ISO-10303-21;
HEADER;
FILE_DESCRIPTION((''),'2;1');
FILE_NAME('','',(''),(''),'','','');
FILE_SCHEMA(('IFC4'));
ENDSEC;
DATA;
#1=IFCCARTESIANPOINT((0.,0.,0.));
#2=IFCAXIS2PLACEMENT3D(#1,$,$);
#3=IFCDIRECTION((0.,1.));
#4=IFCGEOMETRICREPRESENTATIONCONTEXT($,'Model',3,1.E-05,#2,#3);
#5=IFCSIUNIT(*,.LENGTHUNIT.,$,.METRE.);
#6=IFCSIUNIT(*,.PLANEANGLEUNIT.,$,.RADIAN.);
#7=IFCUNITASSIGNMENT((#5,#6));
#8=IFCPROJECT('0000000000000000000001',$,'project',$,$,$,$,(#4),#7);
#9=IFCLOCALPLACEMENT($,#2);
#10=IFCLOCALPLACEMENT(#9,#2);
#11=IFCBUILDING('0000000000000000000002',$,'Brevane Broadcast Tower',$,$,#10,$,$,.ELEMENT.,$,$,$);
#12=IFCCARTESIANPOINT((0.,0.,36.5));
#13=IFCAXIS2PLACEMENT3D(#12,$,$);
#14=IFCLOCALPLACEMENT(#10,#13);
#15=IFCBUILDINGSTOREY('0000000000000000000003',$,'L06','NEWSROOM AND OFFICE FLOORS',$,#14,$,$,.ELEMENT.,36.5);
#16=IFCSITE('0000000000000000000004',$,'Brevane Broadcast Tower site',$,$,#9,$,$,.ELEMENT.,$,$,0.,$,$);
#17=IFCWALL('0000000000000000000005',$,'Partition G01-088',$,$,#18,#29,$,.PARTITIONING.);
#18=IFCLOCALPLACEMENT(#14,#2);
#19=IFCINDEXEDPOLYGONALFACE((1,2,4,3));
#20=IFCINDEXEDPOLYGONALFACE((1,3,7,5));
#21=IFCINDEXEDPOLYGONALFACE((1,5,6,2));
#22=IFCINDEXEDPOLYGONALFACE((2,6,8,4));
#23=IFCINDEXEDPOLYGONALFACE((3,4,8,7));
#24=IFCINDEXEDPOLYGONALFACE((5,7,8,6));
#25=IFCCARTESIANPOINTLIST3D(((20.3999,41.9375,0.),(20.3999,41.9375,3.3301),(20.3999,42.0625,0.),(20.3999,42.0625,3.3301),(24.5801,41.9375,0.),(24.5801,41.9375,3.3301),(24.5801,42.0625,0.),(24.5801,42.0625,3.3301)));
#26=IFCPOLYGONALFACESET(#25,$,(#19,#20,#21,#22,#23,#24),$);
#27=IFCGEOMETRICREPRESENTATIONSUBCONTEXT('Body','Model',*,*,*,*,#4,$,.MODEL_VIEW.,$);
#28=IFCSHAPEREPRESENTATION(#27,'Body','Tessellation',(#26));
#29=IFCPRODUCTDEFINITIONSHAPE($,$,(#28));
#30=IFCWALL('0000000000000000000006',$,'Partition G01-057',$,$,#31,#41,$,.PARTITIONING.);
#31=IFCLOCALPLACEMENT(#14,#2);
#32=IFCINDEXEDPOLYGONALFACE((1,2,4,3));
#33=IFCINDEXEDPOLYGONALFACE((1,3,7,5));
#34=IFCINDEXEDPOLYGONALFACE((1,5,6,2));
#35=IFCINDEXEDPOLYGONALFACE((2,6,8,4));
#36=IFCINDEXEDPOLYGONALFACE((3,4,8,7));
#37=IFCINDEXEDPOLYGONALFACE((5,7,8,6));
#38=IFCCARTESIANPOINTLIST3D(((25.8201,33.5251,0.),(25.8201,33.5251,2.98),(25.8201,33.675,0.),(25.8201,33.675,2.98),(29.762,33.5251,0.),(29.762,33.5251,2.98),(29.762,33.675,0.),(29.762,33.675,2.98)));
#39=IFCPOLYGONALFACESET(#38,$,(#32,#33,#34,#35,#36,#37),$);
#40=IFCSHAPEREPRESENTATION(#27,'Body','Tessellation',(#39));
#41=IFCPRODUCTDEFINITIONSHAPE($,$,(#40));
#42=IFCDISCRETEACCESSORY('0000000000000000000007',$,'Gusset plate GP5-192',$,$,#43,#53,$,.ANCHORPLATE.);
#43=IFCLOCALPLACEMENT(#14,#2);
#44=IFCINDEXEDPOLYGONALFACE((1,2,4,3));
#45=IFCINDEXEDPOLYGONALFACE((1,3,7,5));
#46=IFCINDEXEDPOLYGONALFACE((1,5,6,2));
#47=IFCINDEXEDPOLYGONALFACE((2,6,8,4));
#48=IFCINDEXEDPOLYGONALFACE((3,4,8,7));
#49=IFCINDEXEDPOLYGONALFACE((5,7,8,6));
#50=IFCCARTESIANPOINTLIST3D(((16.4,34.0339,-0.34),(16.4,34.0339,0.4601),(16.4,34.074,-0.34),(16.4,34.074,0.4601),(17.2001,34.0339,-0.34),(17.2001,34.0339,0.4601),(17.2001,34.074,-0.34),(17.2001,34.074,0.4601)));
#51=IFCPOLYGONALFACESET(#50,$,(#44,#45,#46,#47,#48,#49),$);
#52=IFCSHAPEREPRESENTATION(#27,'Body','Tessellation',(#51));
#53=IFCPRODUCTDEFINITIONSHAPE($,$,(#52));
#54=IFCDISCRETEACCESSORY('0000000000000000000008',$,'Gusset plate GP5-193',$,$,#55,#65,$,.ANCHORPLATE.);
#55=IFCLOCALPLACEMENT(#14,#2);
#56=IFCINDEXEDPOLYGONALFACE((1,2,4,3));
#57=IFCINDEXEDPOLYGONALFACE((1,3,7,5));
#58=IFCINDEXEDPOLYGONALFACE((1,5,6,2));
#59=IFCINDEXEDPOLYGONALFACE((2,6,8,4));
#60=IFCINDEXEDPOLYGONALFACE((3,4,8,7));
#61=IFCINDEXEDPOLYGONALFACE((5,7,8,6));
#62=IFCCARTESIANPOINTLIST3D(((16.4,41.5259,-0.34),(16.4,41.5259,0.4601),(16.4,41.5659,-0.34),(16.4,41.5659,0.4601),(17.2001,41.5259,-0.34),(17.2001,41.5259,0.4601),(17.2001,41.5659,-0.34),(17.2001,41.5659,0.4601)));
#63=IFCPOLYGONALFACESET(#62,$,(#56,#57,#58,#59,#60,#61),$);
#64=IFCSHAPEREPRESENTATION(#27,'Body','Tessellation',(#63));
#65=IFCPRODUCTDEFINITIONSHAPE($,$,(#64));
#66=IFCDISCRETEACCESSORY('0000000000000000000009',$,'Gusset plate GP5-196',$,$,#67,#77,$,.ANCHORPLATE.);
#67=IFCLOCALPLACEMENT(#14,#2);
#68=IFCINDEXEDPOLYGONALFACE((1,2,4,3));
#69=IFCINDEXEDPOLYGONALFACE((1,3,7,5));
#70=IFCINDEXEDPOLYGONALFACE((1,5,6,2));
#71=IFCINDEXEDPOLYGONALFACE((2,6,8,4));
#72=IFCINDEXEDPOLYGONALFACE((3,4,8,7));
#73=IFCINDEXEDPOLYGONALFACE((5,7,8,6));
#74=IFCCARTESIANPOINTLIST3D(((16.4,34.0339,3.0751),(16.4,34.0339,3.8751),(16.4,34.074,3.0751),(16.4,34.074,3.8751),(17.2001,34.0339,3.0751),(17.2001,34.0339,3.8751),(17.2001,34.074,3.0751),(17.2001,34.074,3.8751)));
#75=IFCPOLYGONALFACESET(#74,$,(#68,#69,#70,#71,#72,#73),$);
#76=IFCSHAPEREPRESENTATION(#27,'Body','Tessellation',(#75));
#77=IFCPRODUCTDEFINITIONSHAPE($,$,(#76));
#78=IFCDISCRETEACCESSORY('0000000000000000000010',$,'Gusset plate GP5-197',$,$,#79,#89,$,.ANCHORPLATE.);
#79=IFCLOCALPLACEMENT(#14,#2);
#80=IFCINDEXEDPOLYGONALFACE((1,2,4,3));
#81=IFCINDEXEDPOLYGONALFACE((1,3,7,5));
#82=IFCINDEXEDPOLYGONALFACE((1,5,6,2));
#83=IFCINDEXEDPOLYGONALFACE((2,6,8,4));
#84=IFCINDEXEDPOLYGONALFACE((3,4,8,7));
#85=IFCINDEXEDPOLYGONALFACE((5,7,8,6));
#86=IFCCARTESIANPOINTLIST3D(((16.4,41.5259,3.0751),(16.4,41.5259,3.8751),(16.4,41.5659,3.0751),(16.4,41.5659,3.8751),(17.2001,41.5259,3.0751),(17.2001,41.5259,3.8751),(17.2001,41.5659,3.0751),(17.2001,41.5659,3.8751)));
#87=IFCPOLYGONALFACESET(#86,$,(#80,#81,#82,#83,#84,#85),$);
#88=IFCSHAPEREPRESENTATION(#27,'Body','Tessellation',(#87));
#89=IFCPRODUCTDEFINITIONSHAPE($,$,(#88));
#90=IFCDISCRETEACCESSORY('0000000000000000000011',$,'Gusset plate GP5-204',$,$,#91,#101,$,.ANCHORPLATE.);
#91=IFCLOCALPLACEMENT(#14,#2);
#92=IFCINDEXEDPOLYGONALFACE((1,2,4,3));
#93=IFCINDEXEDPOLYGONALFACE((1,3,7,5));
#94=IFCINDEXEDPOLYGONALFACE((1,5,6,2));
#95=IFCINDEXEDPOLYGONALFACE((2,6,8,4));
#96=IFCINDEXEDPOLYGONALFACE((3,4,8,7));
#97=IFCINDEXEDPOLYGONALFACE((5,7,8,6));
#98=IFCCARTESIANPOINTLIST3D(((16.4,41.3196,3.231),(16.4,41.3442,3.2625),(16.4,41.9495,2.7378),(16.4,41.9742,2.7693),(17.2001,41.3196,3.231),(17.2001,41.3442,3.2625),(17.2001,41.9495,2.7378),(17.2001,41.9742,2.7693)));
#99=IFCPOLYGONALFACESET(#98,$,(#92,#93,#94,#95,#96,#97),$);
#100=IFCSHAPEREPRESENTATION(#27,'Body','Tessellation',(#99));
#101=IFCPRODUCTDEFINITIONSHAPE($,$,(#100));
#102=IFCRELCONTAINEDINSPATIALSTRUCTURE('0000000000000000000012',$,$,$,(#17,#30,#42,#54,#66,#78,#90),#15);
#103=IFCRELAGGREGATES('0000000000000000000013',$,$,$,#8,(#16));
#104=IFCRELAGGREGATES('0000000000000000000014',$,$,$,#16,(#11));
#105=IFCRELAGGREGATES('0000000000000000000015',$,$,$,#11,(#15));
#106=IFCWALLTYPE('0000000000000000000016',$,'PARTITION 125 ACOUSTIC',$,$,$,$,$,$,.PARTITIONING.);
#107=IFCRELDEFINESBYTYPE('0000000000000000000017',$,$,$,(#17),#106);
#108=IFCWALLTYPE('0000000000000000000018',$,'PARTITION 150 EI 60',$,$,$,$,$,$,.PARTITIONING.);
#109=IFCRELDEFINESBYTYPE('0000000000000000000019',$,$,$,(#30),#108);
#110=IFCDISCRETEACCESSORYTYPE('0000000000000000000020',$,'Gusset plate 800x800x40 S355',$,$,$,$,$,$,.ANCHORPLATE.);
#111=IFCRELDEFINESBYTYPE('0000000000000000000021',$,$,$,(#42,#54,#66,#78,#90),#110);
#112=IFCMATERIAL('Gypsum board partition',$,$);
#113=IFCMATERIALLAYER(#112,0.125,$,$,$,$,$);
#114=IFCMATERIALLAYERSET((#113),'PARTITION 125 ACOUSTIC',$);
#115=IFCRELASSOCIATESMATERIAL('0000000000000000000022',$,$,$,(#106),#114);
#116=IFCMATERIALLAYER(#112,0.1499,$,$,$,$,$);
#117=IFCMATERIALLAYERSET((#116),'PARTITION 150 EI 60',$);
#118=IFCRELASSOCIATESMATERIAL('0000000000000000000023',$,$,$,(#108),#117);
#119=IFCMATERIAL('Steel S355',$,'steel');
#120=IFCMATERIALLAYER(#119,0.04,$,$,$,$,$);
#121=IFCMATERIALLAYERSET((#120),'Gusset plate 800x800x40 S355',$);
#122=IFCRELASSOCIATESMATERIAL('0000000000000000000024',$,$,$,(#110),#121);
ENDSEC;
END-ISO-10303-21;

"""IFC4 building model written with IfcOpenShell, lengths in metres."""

from ifc_helpers import new_model, si_unit, direction, frame, frame_2d, origin, origin_2d, place, context, subcontext, project, spatial, rectangle, extrude, material, layer, layer_set, type_object, element, save


model = new_model("IFC4")

# Units and contexts
model_context = context("Model", 3, precision=1e-05, world=origin(), true_north=direction((0.0, 1.0)))
body_context = subcontext(model_context, "Body", "Model", "MODEL_VIEW")
ifc_project = project(units=[si_unit("LENGTHUNIT", "METRE"), si_unit("PLANEANGLEUNIT", "RADIAN")], contexts=[model_context])

# Site, building, storey
site_placement = place(None, origin())
site = spatial("IfcSite", under=ifc_project, at=site_placement, Name="Brevane Broadcast Tower site", CompositionType="ELEMENT", RefElevation=0.0)
building_placement = place(site_placement, origin())
building = spatial("IfcBuilding", under=site, at=building_placement, Name="Brevane Broadcast Tower", CompositionType="ELEMENT")
storey_placement = place(building_placement, frame((0.0, 0.0, 36.5)))
storey = spatial("IfcBuildingStorey", under=building, at=storey_placement, Name="L06", Description="NEWSROOM AND OFFICE FLOORS", CompositionType="ELEMENT", Elevation=36.5)

# Shared definitions
ifc_material_1 = material(Name="Steel S355", Category="steel")

# Walls
ifc_material_2 = material(Name="Gypsum board partition")
ifc_layer_1 = layer(ifc_material_2, 0.125)
ifc_layer_set_1 = layer_set([ifc_layer_1], Name="PARTITION 125 ACOUSTIC")
wall_type_1 = type_object("IfcWallType", Name="PARTITION 125 ACOUSTIC", PredefinedType="PARTITIONING", material=ifc_layer_set_1)
wall_1_placement = place(storey_placement, frame((20.3999, 42.0, 0.0), z_axis=(0.0, 0.0, 1.0), x_axis=(1.0, 0.0, 0.0)))
element("IfcWall", 1, at=wall_1_placement, inside=storey, type_object=wall_type_1, Name="Partition G01-088", PredefinedType="PARTITIONING", context=body_context, shape_type="SweptSolid", body=[
    extrude(rectangle(XDim=4.1802, YDim=0.125, at=frame_2d((2.0901, 0.0))), origin(), (0.0, 0.0, 1.0), 3.3301),
])
ifc_layer_2 = layer(ifc_material_2, 0.1499)
ifc_layer_set_2 = layer_set([ifc_layer_2], Name="PARTITION 150 EI 60")
wall_type_2 = type_object("IfcWallType", Name="PARTITION 150 EI 60", PredefinedType="PARTITIONING", material=ifc_layer_set_2)
wall_2_placement = place(storey_placement, frame((25.8201, 33.6001, 0.0), z_axis=(0.0, 0.0, 1.0), x_axis=(1.0, 0.0, 0.0)))
element("IfcWall", 2, at=wall_2_placement, inside=storey, type_object=wall_type_2, Name="Partition G01-057", PredefinedType="PARTITIONING", context=body_context, shape_type="SweptSolid", body=[
    extrude(rectangle(XDim=3.9419, YDim=0.1499, at=frame_2d((1.9709, 0.0))), origin(), (0.0, 0.0, 1.0), 2.98),
])

# Discrete accessories
ifc_layer_3 = layer(ifc_material_1, 0.04)
ifc_layer_set_3 = layer_set([ifc_layer_3], Name="Gusset plate 800x800x40 S355")
discrete_accessory_type = type_object("IfcDiscreteAccessoryType", Name="Gusset plate 800x800x40 S355", PredefinedType="ANCHORPLATE", material=ifc_layer_set_3)
for number, where, z_axis, x_axis, name in (
    (3, (16.8, 34.0339, 0.0601), (0.0, 1.0, 0.0), (-1.0, 0.0, 0.0), "Gusset plate GP5-192"),
    (4, (16.8, 41.5259, 0.0601), (0.0, 1.0, 0.0), (-1.0, 0.0, 0.0), "Gusset plate GP5-193"),
    (5, (16.8, 34.0339, 3.4751), (0.0, 1.0, 0.0), (-1.0, 0.0, 0.0), "Gusset plate GP5-196"),
    (6, (16.8, 41.5259, 3.4751), (0.0, 1.0, 0.0), (-1.0, 0.0, 0.0), "Gusset plate GP5-197"),
    (7, (16.8, 41.6345, 2.9844), (0.0, 0.616473, 0.787376), (-1.0, 0.0, 0.0), "Gusset plate GP5-204"),
):
    element("IfcDiscreteAccessory", number, at=place(storey_placement, frame(where, z_axis=z_axis, x_axis=x_axis)), inside=storey, type_object=discrete_accessory_type, Name=name, PredefinedType="ANCHORPLATE", context=body_context, shape_type="SweptSolid", body=[
        extrude(rectangle(XDim=0.8, YDim=0.8, at=origin_2d()), origin(), (0.0, 0.0, 1.0), 0.04),
    ])

save(model, "model.ifc")
